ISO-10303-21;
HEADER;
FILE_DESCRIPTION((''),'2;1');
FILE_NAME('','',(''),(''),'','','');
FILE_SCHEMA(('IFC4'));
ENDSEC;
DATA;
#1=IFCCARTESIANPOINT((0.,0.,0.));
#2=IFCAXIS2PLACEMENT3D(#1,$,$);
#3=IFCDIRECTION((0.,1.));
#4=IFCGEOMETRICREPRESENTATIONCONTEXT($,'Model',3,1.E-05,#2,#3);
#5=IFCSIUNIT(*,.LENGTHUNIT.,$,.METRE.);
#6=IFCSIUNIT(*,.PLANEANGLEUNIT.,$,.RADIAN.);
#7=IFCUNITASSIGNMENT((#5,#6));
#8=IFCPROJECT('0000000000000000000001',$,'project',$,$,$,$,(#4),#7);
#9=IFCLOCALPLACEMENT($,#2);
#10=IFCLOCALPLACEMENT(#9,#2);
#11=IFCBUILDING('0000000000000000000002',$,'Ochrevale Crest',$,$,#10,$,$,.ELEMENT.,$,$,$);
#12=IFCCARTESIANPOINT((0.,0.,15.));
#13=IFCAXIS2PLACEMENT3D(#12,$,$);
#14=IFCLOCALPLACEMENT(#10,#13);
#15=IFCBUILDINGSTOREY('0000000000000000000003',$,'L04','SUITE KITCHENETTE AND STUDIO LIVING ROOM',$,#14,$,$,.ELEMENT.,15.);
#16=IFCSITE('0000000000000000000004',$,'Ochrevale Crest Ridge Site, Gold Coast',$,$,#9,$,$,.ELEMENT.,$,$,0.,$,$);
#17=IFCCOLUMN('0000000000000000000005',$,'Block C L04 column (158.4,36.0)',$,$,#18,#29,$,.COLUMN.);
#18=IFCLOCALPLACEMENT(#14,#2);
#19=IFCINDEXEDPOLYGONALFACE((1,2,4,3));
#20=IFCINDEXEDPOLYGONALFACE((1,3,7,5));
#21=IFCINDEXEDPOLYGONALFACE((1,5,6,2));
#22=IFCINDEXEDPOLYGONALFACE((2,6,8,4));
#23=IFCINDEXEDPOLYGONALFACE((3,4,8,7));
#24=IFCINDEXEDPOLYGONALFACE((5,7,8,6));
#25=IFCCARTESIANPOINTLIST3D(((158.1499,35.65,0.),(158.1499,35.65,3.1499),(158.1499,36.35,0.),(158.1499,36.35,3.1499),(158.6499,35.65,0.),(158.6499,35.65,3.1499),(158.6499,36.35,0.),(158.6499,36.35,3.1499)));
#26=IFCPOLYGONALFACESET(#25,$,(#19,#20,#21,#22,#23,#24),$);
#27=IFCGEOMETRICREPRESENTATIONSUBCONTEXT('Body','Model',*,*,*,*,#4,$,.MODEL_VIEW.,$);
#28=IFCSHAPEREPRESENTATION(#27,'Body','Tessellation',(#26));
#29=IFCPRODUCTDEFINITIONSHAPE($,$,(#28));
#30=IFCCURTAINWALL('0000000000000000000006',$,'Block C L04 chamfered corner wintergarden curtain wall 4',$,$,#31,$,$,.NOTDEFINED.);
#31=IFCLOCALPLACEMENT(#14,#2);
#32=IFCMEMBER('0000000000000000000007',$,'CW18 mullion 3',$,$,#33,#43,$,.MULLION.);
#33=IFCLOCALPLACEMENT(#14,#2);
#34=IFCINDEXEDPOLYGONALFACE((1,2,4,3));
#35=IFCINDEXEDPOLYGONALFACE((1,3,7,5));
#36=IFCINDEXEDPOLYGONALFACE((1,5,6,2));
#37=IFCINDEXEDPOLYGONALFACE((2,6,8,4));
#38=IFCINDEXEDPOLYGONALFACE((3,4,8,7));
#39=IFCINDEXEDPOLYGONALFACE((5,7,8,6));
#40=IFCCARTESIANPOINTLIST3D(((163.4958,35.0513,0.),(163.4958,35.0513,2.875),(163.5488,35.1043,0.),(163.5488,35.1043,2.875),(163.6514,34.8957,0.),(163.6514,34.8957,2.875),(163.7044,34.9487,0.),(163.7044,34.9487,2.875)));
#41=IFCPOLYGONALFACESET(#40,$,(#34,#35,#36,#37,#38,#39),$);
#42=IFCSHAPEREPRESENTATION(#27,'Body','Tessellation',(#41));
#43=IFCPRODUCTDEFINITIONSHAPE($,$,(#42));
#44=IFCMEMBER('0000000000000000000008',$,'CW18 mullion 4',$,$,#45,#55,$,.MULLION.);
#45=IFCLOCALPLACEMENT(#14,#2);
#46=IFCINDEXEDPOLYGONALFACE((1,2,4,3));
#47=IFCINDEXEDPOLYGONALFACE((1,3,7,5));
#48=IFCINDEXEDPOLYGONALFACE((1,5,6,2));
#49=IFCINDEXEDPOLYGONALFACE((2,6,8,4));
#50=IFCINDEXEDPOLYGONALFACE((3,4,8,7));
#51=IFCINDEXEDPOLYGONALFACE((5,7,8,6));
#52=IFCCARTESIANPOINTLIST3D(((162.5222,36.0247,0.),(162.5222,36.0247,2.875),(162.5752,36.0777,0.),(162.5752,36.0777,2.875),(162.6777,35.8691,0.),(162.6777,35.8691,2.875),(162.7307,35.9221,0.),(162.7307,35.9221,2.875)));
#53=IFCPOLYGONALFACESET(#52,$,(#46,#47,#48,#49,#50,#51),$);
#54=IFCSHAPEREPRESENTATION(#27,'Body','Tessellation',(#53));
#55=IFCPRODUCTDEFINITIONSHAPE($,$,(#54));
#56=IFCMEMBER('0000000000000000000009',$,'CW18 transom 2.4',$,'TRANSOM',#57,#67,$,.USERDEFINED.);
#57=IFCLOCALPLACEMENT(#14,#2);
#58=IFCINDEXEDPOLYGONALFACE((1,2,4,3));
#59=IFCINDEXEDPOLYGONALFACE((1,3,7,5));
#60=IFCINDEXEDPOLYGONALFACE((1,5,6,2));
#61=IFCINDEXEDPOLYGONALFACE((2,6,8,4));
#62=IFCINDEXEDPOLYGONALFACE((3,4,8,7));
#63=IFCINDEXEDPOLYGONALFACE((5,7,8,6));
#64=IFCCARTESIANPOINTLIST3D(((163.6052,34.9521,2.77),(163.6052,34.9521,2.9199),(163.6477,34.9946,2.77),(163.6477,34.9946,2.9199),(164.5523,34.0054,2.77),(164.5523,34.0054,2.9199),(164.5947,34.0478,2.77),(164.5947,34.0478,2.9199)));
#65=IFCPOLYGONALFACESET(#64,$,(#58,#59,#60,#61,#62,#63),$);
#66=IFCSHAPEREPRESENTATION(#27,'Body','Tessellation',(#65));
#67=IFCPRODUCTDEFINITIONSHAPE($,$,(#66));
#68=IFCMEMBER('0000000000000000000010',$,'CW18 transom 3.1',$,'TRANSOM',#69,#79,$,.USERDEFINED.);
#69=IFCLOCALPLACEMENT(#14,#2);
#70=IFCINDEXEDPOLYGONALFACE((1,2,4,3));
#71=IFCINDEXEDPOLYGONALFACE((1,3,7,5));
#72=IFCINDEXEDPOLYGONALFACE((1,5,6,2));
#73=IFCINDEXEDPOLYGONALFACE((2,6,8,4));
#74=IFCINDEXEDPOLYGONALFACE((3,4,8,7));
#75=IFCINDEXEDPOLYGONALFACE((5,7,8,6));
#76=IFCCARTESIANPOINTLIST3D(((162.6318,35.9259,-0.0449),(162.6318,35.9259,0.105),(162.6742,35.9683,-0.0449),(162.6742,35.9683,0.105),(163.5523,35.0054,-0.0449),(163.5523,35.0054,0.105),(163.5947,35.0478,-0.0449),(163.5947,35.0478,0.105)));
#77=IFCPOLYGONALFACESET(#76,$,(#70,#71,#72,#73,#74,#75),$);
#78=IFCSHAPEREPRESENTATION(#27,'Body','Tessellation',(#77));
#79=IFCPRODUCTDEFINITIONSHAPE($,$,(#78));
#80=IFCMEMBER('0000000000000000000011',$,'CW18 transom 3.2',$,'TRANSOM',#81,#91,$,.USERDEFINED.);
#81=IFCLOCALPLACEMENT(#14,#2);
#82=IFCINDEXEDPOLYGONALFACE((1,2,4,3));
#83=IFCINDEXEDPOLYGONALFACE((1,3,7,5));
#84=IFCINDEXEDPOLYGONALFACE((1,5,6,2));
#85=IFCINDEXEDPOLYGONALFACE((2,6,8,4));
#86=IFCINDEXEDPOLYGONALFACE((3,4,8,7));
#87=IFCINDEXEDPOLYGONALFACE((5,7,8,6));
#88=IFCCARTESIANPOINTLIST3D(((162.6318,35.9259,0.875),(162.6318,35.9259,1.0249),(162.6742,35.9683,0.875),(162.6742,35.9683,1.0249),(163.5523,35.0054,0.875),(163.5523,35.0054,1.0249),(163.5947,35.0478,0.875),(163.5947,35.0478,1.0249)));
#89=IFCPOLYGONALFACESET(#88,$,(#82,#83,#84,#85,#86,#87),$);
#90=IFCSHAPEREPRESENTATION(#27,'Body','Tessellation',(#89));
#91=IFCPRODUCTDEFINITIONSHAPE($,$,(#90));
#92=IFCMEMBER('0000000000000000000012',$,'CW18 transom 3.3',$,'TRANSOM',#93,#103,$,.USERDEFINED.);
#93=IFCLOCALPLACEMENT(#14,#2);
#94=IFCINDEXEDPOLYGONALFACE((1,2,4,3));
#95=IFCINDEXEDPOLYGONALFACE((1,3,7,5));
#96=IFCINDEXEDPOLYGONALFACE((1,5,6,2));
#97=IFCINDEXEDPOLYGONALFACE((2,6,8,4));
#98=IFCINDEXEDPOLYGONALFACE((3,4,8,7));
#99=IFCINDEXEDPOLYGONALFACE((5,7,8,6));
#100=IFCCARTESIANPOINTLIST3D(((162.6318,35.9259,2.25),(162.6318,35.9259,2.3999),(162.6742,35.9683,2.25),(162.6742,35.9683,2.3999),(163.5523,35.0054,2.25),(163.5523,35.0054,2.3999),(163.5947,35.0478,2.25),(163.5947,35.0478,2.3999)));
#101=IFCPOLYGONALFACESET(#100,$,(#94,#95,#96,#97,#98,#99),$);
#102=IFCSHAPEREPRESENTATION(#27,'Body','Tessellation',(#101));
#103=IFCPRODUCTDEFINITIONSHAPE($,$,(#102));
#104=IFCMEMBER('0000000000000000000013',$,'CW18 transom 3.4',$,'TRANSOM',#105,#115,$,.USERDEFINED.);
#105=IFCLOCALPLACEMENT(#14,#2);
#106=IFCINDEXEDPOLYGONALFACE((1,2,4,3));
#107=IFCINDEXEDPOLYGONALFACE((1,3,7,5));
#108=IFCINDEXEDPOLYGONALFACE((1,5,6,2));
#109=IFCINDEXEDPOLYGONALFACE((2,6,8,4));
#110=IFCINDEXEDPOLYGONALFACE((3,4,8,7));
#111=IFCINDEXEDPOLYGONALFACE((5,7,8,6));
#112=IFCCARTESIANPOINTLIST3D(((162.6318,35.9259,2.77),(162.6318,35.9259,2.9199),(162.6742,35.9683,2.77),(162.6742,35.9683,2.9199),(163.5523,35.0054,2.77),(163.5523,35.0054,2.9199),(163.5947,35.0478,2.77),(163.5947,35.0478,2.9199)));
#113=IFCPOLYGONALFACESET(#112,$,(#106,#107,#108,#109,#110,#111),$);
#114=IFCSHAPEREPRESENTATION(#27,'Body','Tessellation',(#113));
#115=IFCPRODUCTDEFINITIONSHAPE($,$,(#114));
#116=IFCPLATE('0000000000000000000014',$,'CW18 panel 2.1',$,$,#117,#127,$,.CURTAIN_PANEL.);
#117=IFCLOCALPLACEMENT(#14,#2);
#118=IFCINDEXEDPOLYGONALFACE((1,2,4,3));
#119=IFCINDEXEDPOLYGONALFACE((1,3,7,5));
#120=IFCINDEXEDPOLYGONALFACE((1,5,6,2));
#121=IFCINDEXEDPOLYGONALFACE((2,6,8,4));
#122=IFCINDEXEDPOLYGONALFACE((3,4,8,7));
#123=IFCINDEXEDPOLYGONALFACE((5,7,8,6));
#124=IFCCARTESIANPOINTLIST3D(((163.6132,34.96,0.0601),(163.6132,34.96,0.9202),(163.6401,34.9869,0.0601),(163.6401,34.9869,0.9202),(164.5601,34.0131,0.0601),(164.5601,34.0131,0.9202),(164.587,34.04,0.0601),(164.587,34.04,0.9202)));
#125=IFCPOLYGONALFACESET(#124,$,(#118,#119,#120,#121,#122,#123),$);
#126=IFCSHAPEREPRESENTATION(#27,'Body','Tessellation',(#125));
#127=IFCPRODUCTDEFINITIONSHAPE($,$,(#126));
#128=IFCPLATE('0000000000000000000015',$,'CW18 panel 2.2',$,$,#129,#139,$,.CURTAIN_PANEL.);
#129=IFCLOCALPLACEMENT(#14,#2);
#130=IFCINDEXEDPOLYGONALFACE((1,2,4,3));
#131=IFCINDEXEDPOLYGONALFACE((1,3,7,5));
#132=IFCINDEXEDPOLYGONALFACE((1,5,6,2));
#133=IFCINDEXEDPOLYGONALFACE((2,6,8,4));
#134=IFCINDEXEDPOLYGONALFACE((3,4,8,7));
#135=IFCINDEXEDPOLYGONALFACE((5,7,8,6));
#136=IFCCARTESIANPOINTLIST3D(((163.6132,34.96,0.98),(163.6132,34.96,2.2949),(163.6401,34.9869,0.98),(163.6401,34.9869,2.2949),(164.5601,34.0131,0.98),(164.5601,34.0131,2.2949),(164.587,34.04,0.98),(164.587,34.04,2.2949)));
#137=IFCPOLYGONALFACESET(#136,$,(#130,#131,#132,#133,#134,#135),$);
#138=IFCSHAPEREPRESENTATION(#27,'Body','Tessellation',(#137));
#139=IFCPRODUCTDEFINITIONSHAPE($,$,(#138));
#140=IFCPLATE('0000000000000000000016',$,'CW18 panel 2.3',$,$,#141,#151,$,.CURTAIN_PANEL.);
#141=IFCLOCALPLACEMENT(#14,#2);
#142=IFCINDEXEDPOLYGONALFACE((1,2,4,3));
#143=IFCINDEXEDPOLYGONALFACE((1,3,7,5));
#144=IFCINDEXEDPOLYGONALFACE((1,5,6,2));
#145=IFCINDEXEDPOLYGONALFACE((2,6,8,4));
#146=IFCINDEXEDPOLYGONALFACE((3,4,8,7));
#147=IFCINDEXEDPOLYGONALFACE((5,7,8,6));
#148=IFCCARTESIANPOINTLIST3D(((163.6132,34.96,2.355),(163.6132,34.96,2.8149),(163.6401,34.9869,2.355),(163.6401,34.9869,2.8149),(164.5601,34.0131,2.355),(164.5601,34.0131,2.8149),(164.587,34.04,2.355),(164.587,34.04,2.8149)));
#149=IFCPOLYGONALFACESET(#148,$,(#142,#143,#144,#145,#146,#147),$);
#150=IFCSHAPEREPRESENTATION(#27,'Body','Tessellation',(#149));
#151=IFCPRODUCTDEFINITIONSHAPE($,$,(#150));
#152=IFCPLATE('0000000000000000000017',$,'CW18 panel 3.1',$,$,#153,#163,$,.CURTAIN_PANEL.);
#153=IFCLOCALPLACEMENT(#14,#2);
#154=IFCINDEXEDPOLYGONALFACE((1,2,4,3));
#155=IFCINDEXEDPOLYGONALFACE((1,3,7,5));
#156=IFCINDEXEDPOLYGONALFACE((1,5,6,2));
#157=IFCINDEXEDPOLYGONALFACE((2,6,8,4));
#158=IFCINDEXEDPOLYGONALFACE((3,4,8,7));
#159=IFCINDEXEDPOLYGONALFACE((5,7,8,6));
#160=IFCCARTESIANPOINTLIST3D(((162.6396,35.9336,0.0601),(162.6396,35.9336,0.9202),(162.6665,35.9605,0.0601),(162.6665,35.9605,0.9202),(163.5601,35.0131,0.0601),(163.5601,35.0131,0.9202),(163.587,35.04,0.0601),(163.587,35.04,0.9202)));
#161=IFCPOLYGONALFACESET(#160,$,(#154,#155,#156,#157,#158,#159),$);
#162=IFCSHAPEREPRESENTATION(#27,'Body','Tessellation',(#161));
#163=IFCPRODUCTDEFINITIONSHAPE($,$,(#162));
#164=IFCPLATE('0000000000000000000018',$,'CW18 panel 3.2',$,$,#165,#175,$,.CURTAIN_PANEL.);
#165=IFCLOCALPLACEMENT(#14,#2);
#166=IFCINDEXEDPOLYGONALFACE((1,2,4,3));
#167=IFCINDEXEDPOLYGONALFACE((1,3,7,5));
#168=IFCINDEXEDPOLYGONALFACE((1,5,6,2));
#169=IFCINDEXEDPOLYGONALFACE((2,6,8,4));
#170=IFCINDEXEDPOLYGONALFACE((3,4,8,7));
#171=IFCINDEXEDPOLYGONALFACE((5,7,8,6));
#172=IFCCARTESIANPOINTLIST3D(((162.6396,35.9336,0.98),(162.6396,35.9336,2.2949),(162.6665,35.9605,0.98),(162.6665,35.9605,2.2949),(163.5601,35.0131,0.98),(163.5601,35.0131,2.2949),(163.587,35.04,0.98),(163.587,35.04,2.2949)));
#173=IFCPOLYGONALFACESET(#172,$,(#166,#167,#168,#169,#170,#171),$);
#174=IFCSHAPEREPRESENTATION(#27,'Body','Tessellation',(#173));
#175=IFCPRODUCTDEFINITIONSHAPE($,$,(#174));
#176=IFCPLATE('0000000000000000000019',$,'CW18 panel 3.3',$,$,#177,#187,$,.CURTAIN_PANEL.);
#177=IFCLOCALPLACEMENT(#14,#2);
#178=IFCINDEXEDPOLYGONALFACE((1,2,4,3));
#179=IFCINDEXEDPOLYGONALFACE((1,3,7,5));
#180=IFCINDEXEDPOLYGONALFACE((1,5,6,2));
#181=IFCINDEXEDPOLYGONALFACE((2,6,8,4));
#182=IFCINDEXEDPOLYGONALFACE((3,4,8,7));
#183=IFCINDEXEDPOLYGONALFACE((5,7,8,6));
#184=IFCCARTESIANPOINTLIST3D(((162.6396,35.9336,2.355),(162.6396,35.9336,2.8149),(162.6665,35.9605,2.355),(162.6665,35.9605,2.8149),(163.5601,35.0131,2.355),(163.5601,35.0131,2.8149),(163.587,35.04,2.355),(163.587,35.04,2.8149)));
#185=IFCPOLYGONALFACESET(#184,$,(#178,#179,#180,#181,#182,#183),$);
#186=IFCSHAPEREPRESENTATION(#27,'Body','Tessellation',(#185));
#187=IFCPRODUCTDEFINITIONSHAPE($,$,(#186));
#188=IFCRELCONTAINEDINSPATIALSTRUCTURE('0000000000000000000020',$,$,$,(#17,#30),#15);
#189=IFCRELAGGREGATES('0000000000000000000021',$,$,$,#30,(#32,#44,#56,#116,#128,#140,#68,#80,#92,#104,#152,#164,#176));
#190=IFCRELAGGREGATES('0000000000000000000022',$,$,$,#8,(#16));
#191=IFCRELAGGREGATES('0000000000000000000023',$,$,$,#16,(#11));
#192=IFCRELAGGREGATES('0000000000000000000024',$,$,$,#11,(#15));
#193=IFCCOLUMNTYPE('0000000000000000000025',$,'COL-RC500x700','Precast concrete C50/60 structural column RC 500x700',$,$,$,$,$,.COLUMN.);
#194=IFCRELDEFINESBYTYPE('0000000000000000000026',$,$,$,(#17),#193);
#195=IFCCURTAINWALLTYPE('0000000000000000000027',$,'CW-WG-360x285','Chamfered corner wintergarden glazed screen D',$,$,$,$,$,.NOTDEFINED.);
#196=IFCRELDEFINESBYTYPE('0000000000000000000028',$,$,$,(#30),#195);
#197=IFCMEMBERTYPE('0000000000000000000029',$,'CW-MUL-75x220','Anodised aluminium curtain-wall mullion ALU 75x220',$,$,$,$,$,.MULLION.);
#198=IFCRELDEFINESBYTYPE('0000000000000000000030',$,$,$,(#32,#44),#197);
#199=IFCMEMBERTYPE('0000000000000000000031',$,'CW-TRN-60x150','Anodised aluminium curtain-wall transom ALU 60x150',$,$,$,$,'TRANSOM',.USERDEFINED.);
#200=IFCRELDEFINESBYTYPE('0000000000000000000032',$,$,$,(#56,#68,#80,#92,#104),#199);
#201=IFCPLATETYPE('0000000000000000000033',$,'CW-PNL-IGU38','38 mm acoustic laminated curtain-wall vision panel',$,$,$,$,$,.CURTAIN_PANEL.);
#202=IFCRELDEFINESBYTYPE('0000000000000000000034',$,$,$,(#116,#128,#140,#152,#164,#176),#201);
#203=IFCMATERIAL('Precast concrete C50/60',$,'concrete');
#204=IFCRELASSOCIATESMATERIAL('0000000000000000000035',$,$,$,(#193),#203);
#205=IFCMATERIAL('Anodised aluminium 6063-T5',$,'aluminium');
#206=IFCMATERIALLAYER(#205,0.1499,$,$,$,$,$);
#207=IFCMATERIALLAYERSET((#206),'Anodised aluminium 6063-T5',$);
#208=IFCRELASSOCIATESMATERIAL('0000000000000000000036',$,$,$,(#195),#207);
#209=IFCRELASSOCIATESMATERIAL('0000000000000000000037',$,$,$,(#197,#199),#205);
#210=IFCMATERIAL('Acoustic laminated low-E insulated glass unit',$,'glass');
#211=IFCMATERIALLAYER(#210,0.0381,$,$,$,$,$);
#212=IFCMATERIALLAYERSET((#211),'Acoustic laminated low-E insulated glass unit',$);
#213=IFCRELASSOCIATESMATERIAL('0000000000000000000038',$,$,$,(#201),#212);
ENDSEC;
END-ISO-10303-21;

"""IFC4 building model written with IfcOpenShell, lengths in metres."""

from ifc_helpers import new_model, si_unit, direction, frame, origin, origin_2d, place, context, subcontext, project, spatial, rectangle, extrude, material, layer, layer_set, material_profile, profile_set, type_object, element, aggregate, save


model = new_model("IFC4")

# Units and contexts
model_context = context("Model", 3, precision=1e-05, world=origin(), true_north=direction((0.0, 1.0)))
body_context = subcontext(model_context, "Body", "Model", "MODEL_VIEW")
ifc_project = project(units=[si_unit("LENGTHUNIT", "METRE"), si_unit("PLANEANGLEUNIT", "RADIAN")], contexts=[model_context])

# Site, building, storey
site_placement = place(None, origin())
site = spatial("IfcSite", under=ifc_project, at=site_placement, Name="Ochrevale Crest Ridge Site, Gold Coast", CompositionType="ELEMENT", RefElevation=0.0)
building_placement = place(site_placement, origin())
building = spatial("IfcBuilding", under=site, at=building_placement, Name="Ochrevale Crest", CompositionType="ELEMENT")
storey_placement = place(building_placement, frame((0.0, 0.0, 15.0)))
storey = spatial("IfcBuildingStorey", under=building, at=storey_placement, Name="L04", Description="SUITE KITCHENETTE AND STUDIO LIVING ROOM", CompositionType="ELEMENT", Elevation=15.0)

# Column
ifc_material_1 = material(Name="Precast concrete C50/60", Category="concrete")
ifc_material_profile_1 = material_profile(ifc_material_1, rectangle(XDim=0.5, YDim=0.7, at=origin_2d()), Name="RC 500x700")
ifc_profile_set_1 = profile_set([ifc_material_profile_1], Name="Precast concrete C50/60")
column_type = type_object("IfcColumnType", Name="COL-RC500x700", Description="Precast concrete C50/60 structural column RC 500x700", PredefinedType="COLUMN", material=ifc_profile_set_1)
column_placement = place(storey_placement, frame((158.3999, 36.0, 0.0), z_axis=(0.0, 0.0, 1.0), x_axis=(1.0, 0.0, 0.0)))
element("IfcColumn", 1, at=column_placement, inside=storey, type_object=column_type, Name="Block C L04 column (158.4,36.0)", PredefinedType="COLUMN", context=body_context, shape_type="SweptSolid", body=[
    extrude(rectangle(XDim=0.5, YDim=0.7, at=origin_2d()), origin(), (0.0, 0.0, 1.0), 3.1499),
])

# Curtain wall, members, plates
ifc_material_2 = material(Name="Anodised aluminium 6063-T5", Category="aluminium")
ifc_layer_1 = layer(ifc_material_2, 0.1499)
ifc_layer_set_1 = layer_set([ifc_layer_1], Name="Anodised aluminium 6063-T5")
curtain_wall_type = type_object("IfcCurtainWallType", Name="CW-WG-360x285", Description="Chamfered corner wintergarden glazed screen D", PredefinedType="NOTDEFINED", material=ifc_layer_set_1)
curtain_wall_placement = place(storey_placement, origin())
curtain_wall = element("IfcCurtainWall", 2, at=curtain_wall_placement, inside=storey, type_object=curtain_wall_type, Name="Block C L04 chamfered corner wintergarden curtain wall 4", PredefinedType="NOTDEFINED")
ifc_material_profile_2 = material_profile(ifc_material_2, rectangle(XDim=0.075, YDim=0.22, at=origin_2d()), Name="ALU 75x220")
ifc_profile_set_2 = profile_set([ifc_material_profile_2], Name="Anodised aluminium 6063-T5")
member_type_1 = type_object("IfcMemberType", Name="CW-MUL-75x220", Description="Anodised aluminium curtain-wall mullion ALU 75x220", PredefinedType="MULLION", material=ifc_profile_set_2)
member_1_placement = place(storey_placement, frame((163.6001, 35.0, 0.0), z_axis=(0.0, 0.0, 1.0), x_axis=(-0.707107, -0.707107, 0.0)))
member_1 = element("IfcMember", 3, at=member_1_placement, type_object=member_type_1, Name="CW18 mullion 3", PredefinedType="MULLION", context=body_context, shape_type="SweptSolid", body=[
    extrude(rectangle(XDim=0.075, YDim=0.22, at=origin_2d()), origin(), (0.0, 0.0, 1.0), 2.875),
])
member_2_placement = place(storey_placement, frame((162.6265, 35.9734, 0.0), z_axis=(0.0, 0.0, 1.0), x_axis=(-0.707107, -0.707107, 0.0)))
member_2 = element("IfcMember", 4, at=member_2_placement, type_object=member_type_1, Name="CW18 mullion 4", PredefinedType="MULLION", context=body_context, shape_type="SweptSolid", body=[
    extrude(rectangle(XDim=0.075, YDim=0.22, at=origin_2d()), origin(), (0.0, 0.0, 1.0), 2.875),
])
ifc_material_profile_3 = material_profile(ifc_material_2, rectangle(XDim=0.0601, YDim=0.1499, at=origin_2d()), Name="ALU 60x150")
ifc_profile_set_3 = profile_set([ifc_material_profile_3], Name="Anodised aluminium 6063-T5")
member_type_2 = type_object("IfcMemberType", Name="CW-TRN-60x150", Description="Anodised aluminium curtain-wall transom ALU 60x150", ElementType="TRANSOM", PredefinedType="USERDEFINED", material=ifc_profile_set_3)
member_3_placement = place(storey_placement, frame((164.5735, 34.0266, 2.845), z_axis=(-0.707198, 0.707016, 0.0), x_axis=(-0.707016, -0.707198, 0.0)))
member_3 = element("IfcMember", 5, at=member_3_placement, type_object=member_type_2, Name="CW18 transom 2.4", ObjectType="TRANSOM", PredefinedType="USERDEFINED", context=body_context, shape_type="SweptSolid", body=[
    extrude(rectangle(XDim=0.0601, YDim=0.1499, at=origin_2d()), origin(), (0.0, 0.0, 1.0), 1.3391),
])
member_4_placement = place(storey_placement, frame((163.5735, 35.0266, 0.03), z_axis=(-0.707107, 0.707107, 0.0), x_axis=(-0.707107, -0.707107, 0.0)))
member_4 = element("IfcMember", 6, at=member_4_placement, type_object=member_type_2, Name="CW18 transom 3.1", ObjectType="TRANSOM", PredefinedType="USERDEFINED", context=body_context, shape_type="SweptSolid", body=[
    extrude(rectangle(XDim=0.0601, YDim=0.1499, at=origin_2d()), origin(), (0.0, 0.0, 1.0), 1.3018),
])
member_5_placement = place(storey_placement, frame((163.5735, 35.0266, 0.95), z_axis=(-0.707107, 0.707107, 0.0), x_axis=(-0.707107, -0.707107, 0.0)))
member_5 = element("IfcMember", 7, at=member_5_placement, type_object=member_type_2, Name="CW18 transom 3.2", ObjectType="TRANSOM", PredefinedType="USERDEFINED", context=body_context, shape_type="SweptSolid", body=[
    extrude(rectangle(XDim=0.0601, YDim=0.1499, at=origin_2d()), origin(), (0.0, 0.0, 1.0), 1.3018),
])
member_6_placement = place(storey_placement, frame((163.5735, 35.0266, 2.325), z_axis=(-0.707107, 0.707107, 0.0), x_axis=(-0.707107, -0.707107, 0.0)))
member_6 = element("IfcMember", 8, at=member_6_placement, type_object=member_type_2, Name="CW18 transom 3.3", ObjectType="TRANSOM", PredefinedType="USERDEFINED", context=body_context, shape_type="SweptSolid", body=[
    extrude(rectangle(XDim=0.0601, YDim=0.1499, at=origin_2d()), origin(), (0.0, 0.0, 1.0), 1.3018),
])
member_7_placement = place(storey_placement, frame((163.5735, 35.0266, 2.845), z_axis=(-0.707107, 0.707107, 0.0), x_axis=(-0.707107, -0.707107, 0.0)))
member_7 = element("IfcMember", 9, at=member_7_placement, type_object=member_type_2, Name="CW18 transom 3.4", ObjectType="TRANSOM", PredefinedType="USERDEFINED", context=body_context, shape_type="SweptSolid", body=[
    extrude(rectangle(XDim=0.0601, YDim=0.1499, at=origin_2d()), origin(), (0.0, 0.0, 1.0), 1.3018),
])
ifc_material_3 = material(Name="Acoustic laminated low-E insulated glass unit", Category="glass")
ifc_layer_2 = layer(ifc_material_3, 0.0381)
ifc_layer_set_2 = layer_set([ifc_layer_2], Name="Acoustic laminated low-E insulated glass unit")
plate_type_1 = type_object("IfcPlateType", Name="CW-PNL-IGU38", Description="38 mm acoustic laminated curtain-wall vision panel", PredefinedType="CURTAIN_PANEL", material=ifc_layer_set_2)
plate_1_placement = place(storey_placement, frame((164.1001, 34.5, 0.0601), z_axis=(0.0, 0.0, 1.0), x_axis=(-0.707107, 0.707107, 0.0)))
plate_1 = element("IfcPlate", 10, at=plate_1_placement, type_object=plate_type_1, Name="CW18 panel 2.1", PredefinedType="CURTAIN_PANEL", context=body_context, shape_type="SweptSolid", body=[
    extrude(rectangle(XDim=1.3391, YDim=0.0381, at=origin_2d()), origin(), (0.0, 0.0, 1.0), 0.8601),
])
plate_2_placement = place(storey_placement, frame((164.1001, 34.5, 0.98), z_axis=(0.0, 0.0, 1.0), x_axis=(-0.707107, 0.707107, 0.0)))
plate_2 = element("IfcPlate", 11, at=plate_2_placement, type_object=plate_type_1, Name="CW18 panel 2.2", PredefinedType="CURTAIN_PANEL", context=body_context, shape_type="SweptSolid", body=[
    extrude(rectangle(XDim=1.3391, YDim=0.0381, at=origin_2d()), origin(), (0.0, 0.0, 1.0), 1.3149),
])
plate_3_placement = place(storey_placement, frame((164.1001, 34.5, 2.355), z_axis=(0.0, 0.0, 1.0), x_axis=(-0.707107, 0.707107, 0.0)))
plate_3 = element("IfcPlate", 12, at=plate_3_placement, type_object=plate_type_1, Name="CW18 panel 2.3", PredefinedType="CURTAIN_PANEL", context=body_context, shape_type="SweptSolid", body=[
    extrude(rectangle(XDim=1.3391, YDim=0.0381, at=origin_2d()), origin(), (0.0, 0.0, 1.0), 0.46),
])
plate_4_placement = place(storey_placement, frame((163.1133, 35.4868, 0.0601), z_axis=(0.0, 0.0, 1.0), x_axis=(-0.707107, 0.707107, 0.0)))
plate_4 = element("IfcPlate", 13, at=plate_4_placement, type_object=plate_type_1, Name="CW18 panel 3.1", PredefinedType="CURTAIN_PANEL", context=body_context, shape_type="SweptSolid", body=[
    extrude(rectangle(XDim=1.3018, YDim=0.0381, at=origin_2d()), origin(), (0.0, 0.0, 1.0), 0.8601),
])
plate_5_placement = place(storey_placement, frame((163.1133, 35.4868, 0.98), z_axis=(0.0, 0.0, 1.0), x_axis=(-0.707107, 0.707107, 0.0)))
plate_5 = element("IfcPlate", 14, at=plate_5_placement, type_object=plate_type_1, Name="CW18 panel 3.2", PredefinedType="CURTAIN_PANEL", context=body_context, shape_type="SweptSolid", body=[
    extrude(rectangle(XDim=1.3018, YDim=0.0381, at=origin_2d()), origin(), (0.0, 0.0, 1.0), 1.3149),
])
plate_6_placement = place(storey_placement, frame((163.1133, 35.4868, 2.355), z_axis=(0.0, 0.0, 1.0), x_axis=(-0.707107, 0.707107, 0.0)))
plate_6 = element("IfcPlate", 15, at=plate_6_placement, type_object=plate_type_1, Name="CW18 panel 3.3", PredefinedType="CURTAIN_PANEL", context=body_context, shape_type="SweptSolid", body=[
    extrude(rectangle(XDim=1.3018, YDim=0.0381, at=origin_2d()), origin(), (0.0, 0.0, 1.0), 0.46),
])
aggregate(curtain_wall, [member_1, member_2, member_3, plate_1, plate_2, plate_3, member_4, member_5, member_6, member_7, plate_4, plate_5, plate_6])

save(model, "model.ifc")
